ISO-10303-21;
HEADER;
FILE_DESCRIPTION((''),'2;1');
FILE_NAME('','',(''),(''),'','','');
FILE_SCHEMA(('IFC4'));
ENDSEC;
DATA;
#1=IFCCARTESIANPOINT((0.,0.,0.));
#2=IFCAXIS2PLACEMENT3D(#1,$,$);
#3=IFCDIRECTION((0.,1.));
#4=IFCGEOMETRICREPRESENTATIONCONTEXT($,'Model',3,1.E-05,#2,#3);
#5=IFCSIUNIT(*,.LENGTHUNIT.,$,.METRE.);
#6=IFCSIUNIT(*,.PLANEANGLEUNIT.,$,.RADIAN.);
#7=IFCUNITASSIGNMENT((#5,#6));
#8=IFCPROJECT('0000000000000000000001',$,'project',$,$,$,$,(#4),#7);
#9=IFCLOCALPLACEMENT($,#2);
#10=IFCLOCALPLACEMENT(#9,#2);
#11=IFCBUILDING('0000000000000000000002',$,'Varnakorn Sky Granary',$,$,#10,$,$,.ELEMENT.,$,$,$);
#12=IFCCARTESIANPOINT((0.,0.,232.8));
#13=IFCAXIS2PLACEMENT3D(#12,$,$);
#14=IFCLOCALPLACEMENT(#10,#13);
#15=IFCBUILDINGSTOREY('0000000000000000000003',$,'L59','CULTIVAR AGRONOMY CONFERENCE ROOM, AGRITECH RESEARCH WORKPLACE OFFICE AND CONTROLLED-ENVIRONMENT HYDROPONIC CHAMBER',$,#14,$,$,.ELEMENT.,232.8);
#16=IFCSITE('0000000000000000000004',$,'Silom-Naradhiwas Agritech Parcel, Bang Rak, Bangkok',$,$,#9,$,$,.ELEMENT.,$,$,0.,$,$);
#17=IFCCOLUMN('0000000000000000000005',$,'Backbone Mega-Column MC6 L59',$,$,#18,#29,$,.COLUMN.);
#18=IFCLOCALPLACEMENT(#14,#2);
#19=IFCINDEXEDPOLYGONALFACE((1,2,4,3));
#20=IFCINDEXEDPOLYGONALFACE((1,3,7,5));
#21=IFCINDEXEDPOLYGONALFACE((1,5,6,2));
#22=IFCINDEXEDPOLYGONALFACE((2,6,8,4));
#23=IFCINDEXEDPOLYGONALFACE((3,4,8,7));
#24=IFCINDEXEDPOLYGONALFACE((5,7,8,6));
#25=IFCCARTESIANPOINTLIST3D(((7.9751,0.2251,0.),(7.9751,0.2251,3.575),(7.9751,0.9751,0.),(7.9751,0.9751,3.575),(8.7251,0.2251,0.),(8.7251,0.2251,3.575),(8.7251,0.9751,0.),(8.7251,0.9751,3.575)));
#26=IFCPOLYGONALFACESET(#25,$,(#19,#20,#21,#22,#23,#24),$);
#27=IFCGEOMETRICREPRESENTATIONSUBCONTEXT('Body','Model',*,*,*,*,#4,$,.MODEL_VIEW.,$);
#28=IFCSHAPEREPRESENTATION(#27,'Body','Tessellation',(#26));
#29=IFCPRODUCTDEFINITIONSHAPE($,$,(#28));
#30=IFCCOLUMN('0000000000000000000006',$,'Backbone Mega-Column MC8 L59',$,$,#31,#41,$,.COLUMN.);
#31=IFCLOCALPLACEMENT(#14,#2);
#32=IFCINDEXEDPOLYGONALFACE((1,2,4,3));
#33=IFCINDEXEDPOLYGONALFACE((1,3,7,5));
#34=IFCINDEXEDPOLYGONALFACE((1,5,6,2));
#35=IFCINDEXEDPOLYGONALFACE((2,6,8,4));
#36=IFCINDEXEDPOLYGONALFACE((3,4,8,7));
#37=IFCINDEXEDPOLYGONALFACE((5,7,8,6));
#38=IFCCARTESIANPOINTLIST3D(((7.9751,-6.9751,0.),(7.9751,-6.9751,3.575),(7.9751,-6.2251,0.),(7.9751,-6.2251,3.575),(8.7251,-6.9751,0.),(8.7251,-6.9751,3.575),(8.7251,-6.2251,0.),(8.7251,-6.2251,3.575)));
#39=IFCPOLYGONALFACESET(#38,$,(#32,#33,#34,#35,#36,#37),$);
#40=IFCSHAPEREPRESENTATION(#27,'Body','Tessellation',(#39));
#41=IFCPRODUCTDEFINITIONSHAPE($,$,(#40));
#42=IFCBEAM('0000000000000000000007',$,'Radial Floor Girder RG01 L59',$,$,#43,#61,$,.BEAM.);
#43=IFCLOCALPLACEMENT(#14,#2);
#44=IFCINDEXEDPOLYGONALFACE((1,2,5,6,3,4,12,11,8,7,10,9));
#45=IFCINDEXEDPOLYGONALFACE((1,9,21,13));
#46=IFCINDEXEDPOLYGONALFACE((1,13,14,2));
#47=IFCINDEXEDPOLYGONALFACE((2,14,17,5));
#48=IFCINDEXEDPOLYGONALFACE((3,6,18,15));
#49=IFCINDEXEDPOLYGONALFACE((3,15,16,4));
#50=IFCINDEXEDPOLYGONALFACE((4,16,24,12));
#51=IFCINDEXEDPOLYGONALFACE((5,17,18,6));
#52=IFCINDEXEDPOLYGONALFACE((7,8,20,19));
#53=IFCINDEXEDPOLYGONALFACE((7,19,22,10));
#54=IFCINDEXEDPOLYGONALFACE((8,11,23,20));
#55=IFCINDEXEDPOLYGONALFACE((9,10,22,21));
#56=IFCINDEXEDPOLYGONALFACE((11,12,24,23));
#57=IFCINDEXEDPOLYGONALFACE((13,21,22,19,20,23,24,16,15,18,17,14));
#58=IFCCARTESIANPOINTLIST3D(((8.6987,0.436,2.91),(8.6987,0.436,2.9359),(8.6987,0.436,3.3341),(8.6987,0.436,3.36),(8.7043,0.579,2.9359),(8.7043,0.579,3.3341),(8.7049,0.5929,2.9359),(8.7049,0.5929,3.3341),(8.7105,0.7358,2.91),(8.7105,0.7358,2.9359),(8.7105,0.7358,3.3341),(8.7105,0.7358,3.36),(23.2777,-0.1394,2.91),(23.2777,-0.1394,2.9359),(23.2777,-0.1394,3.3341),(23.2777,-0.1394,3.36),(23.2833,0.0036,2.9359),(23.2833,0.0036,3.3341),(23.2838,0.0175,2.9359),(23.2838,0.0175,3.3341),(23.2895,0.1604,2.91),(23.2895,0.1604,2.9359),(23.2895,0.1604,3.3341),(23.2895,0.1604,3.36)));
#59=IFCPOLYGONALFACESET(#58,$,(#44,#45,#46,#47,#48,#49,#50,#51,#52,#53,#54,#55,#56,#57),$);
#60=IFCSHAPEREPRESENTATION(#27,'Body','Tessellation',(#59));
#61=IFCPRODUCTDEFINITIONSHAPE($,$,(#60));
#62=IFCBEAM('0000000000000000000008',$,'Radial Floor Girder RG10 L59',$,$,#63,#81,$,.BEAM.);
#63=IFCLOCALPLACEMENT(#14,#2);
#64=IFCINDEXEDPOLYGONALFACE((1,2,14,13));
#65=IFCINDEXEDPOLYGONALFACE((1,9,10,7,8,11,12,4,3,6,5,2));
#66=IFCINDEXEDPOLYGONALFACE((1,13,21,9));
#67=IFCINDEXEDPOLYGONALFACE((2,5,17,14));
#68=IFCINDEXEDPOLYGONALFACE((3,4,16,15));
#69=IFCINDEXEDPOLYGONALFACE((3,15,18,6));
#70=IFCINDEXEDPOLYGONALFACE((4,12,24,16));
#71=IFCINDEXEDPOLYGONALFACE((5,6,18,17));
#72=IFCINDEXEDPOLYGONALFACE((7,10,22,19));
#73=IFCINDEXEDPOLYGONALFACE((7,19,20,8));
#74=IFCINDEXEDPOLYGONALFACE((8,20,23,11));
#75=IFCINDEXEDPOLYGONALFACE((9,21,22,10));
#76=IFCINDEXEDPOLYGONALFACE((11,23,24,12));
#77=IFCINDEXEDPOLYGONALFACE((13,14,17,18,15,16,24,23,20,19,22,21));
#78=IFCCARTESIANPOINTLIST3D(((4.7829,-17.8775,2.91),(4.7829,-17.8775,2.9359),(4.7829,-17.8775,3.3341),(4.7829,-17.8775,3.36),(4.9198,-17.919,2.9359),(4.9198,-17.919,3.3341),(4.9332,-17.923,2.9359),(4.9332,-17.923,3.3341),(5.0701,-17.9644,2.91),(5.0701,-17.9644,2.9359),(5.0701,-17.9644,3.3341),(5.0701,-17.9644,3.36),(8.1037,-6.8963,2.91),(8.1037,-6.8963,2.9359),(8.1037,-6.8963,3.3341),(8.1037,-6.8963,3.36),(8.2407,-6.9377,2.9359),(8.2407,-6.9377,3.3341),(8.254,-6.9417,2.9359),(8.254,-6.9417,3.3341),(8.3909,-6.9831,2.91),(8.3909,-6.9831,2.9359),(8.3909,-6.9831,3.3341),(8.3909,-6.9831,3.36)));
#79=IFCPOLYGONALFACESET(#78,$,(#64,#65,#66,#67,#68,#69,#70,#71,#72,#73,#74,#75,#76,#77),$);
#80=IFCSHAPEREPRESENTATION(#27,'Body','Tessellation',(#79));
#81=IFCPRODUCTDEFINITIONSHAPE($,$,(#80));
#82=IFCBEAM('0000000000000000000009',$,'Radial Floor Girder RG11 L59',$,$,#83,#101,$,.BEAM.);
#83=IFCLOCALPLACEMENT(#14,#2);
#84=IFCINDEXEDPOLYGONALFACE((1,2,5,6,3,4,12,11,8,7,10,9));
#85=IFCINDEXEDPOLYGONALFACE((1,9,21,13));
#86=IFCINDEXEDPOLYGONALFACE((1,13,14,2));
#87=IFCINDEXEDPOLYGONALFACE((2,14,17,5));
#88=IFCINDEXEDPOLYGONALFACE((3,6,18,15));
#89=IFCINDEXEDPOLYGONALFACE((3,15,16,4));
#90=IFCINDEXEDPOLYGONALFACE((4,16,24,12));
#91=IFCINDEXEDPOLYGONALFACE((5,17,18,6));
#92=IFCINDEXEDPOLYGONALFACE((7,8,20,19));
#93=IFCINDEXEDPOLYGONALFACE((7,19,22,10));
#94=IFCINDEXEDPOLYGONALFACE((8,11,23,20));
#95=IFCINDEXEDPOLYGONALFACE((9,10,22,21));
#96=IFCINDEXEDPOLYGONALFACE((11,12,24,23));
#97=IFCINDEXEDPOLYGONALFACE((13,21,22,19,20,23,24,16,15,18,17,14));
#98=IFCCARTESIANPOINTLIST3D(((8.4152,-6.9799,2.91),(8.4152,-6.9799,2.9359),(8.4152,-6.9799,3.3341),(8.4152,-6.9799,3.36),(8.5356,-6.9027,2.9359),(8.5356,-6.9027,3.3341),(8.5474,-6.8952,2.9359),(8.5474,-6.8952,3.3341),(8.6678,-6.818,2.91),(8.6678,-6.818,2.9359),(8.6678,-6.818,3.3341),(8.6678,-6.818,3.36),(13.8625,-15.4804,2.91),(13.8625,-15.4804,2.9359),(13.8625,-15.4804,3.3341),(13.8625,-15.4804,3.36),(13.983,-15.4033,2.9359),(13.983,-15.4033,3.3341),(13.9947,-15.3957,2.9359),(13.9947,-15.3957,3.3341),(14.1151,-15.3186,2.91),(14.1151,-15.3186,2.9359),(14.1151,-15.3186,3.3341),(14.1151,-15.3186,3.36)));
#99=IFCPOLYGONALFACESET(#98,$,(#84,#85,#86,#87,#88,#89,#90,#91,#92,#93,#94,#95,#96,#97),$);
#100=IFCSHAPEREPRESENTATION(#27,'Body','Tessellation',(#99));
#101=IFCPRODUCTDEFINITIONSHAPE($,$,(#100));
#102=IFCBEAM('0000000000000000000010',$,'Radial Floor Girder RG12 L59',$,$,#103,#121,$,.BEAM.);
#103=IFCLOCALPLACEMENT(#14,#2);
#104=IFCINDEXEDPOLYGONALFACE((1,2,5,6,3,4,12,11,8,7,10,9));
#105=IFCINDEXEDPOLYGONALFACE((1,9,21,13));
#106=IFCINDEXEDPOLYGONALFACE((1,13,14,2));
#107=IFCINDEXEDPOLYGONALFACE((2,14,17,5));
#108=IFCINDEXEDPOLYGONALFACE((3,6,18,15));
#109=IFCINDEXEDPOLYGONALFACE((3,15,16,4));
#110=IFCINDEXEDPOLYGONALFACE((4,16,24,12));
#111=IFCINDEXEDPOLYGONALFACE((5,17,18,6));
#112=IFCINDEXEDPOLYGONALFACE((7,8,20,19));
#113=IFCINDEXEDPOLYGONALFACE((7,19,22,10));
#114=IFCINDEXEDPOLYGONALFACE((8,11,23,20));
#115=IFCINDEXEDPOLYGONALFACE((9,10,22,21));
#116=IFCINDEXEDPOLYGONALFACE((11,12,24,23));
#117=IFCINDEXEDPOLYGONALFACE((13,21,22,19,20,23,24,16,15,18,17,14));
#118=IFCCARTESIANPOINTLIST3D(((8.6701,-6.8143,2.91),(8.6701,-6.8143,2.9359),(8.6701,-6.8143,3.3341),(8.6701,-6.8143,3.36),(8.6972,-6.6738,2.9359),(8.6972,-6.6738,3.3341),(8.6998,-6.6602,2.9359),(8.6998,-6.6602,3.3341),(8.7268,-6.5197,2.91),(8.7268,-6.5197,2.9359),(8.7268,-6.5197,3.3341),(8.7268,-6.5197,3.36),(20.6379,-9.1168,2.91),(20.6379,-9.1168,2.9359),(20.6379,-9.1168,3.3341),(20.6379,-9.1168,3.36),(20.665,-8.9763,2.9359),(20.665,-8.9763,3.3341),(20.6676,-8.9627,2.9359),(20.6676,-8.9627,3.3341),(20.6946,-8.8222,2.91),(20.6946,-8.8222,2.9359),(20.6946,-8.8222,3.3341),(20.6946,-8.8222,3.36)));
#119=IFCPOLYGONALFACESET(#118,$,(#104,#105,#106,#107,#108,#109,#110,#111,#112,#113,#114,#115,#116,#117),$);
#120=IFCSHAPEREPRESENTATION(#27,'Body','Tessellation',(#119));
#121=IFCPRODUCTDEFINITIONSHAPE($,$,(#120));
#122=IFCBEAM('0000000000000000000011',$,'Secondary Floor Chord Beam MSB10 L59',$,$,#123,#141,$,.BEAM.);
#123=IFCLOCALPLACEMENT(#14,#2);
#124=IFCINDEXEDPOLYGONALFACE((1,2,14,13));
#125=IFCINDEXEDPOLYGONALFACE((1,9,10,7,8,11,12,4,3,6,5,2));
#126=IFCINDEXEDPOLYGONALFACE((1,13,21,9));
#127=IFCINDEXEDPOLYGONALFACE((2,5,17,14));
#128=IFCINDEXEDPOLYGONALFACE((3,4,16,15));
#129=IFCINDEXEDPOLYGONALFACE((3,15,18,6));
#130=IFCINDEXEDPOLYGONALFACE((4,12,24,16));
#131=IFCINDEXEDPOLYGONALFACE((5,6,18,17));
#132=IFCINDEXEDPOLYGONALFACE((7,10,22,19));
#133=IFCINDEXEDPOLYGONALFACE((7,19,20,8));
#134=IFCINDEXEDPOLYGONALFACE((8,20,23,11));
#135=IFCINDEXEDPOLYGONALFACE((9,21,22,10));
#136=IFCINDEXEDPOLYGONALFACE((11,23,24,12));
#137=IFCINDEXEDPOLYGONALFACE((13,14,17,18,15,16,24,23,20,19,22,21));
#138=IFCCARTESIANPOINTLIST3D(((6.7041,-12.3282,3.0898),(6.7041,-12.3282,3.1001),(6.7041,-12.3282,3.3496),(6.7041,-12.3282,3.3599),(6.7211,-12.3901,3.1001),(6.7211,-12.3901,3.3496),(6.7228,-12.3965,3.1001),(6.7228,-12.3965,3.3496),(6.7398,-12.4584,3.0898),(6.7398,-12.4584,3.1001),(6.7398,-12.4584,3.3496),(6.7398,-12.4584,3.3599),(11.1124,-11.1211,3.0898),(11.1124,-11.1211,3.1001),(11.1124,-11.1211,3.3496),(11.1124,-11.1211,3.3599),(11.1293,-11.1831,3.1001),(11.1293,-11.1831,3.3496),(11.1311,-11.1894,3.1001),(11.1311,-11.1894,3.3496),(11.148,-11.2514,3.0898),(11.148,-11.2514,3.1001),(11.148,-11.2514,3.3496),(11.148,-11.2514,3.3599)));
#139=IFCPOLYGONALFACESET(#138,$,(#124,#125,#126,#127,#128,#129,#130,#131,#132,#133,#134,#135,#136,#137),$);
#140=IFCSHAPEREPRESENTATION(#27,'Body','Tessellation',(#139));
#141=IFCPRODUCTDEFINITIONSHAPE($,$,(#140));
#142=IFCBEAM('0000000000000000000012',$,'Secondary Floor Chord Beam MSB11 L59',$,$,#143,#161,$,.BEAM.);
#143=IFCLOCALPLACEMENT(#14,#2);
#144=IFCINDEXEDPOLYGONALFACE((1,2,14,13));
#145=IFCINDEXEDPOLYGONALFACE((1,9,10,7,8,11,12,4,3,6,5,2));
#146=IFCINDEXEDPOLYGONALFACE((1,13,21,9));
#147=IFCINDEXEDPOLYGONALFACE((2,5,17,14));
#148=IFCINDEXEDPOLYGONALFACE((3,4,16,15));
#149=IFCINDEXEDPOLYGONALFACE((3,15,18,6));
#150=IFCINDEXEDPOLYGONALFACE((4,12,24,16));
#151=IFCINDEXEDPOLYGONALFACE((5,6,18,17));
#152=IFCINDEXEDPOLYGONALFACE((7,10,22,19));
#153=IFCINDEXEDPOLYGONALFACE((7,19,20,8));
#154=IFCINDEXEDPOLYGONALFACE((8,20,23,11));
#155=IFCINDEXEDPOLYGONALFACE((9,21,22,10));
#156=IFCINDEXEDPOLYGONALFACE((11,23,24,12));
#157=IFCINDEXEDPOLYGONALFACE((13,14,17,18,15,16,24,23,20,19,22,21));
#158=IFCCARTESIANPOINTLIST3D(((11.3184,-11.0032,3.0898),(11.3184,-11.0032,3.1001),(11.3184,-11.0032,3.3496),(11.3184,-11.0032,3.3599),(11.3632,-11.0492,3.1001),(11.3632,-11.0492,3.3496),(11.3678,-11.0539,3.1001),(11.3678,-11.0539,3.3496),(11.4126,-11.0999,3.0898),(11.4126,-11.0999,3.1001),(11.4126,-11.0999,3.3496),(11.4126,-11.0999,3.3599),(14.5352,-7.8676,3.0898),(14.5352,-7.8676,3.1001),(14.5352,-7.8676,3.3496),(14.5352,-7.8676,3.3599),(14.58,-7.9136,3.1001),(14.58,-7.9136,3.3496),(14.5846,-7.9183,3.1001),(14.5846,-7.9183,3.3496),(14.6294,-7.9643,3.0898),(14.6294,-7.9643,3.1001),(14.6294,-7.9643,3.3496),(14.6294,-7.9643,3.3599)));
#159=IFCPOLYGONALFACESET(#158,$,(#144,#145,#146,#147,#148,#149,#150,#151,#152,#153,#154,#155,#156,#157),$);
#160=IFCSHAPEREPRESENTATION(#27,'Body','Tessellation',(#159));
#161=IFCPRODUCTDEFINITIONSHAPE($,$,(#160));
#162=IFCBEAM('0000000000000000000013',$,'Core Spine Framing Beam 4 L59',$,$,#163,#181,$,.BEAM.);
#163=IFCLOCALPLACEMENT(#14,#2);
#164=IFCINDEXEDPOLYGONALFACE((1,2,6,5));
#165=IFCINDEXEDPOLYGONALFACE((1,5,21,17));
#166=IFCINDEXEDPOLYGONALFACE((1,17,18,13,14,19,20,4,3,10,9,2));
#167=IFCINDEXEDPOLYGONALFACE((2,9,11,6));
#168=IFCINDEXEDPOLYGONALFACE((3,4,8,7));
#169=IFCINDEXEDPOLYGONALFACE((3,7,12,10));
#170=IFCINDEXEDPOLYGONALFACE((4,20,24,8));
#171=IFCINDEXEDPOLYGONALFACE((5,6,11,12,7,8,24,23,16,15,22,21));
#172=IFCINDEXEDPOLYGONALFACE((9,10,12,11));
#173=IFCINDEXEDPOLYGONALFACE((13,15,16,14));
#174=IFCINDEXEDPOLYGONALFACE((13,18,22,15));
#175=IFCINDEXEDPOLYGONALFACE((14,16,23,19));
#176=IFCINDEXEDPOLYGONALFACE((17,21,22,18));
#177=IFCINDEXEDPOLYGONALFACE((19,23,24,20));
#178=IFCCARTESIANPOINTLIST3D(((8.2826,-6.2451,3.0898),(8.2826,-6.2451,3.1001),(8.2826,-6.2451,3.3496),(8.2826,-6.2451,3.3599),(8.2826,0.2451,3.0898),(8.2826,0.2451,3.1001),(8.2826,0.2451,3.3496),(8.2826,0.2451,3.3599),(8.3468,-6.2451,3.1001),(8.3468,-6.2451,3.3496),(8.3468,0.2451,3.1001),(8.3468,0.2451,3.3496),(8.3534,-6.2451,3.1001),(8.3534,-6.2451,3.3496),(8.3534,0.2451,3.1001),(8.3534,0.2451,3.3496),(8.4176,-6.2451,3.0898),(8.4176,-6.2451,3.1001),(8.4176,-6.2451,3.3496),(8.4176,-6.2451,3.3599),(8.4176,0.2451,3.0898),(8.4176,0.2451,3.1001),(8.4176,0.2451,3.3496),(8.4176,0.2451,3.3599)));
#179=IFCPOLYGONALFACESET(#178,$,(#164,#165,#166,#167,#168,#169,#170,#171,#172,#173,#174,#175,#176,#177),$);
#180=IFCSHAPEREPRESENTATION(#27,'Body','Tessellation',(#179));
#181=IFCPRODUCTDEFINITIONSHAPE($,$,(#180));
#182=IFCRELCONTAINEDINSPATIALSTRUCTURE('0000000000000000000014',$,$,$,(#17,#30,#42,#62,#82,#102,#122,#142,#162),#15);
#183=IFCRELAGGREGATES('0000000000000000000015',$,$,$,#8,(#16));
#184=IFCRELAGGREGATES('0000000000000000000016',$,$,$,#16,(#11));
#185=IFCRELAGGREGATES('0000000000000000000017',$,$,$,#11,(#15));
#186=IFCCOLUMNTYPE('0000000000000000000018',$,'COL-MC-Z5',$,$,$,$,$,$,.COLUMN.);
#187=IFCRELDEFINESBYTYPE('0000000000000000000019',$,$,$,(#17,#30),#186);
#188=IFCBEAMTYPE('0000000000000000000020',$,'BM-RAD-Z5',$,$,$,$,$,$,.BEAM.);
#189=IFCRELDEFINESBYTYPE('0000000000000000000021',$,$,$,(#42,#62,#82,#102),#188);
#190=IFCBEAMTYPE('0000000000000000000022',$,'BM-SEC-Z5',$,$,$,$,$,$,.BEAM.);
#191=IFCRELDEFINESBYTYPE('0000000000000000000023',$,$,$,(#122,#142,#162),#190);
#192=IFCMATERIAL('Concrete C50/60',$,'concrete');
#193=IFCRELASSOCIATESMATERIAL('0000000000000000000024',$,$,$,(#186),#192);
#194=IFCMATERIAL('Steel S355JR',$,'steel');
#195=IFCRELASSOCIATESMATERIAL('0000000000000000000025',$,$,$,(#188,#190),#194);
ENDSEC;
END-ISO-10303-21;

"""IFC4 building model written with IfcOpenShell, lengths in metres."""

from ifc_helpers import new_model, si_unit, direction, frame, origin, origin_2d, place, context, subcontext, project, spatial, rectangle, i_section, extrude, material, material_profile, profile_set, type_object, element, save


model = new_model("IFC4")

# Units and contexts
model_context = context("Model", 3, precision=1e-05, world=origin(), true_north=direction((0.0, 1.0)))
body_context = subcontext(model_context, "Body", "Model", "MODEL_VIEW")
ifc_project = project(units=[si_unit("LENGTHUNIT", "METRE"), si_unit("PLANEANGLEUNIT", "RADIAN")], contexts=[model_context])

# Site, building, storey
site_placement = place(None, origin())
site = spatial("IfcSite", under=ifc_project, at=site_placement, Name="Silom-Naradhiwas Agritech Parcel, Bang Rak, Bangkok", CompositionType="ELEMENT", RefElevation=0.0)
building_placement = place(site_placement, origin())
building = spatial("IfcBuilding", under=site, at=building_placement, Name="Varnakorn Sky Granary", CompositionType="ELEMENT")
storey_placement = place(building_placement, frame((0.0, 0.0, 232.8)))
storey = spatial("IfcBuildingStorey", under=building, at=storey_placement, Name="L59", Description="CULTIVAR AGRONOMY CONFERENCE ROOM, AGRITECH RESEARCH WORKPLACE OFFICE AND CONTROLLED-ENVIRONMENT HYDROPONIC CHAMBER", CompositionType="ELEMENT", Elevation=232.8)

# Columns
ifc_material_1 = material(Name="Concrete C50/60", Category="concrete")
ifc_material_profile_1 = material_profile(ifc_material_1, rectangle(XDim=0.75, YDim=0.75, at=origin_2d()), Name="RC 750x750")
ifc_profile_set_1 = profile_set([ifc_material_profile_1], Name="Concrete C50/60")
column_type = type_object("IfcColumnType", Name="COL-MC-Z5", PredefinedType="COLUMN", material=ifc_profile_set_1)
for number, where, z_axis, x_axis, name in (
    (1, (8.3501, 0.6001, 0.0), (0.0, 0.0, 1.0), (1.0, 0.0, 0.0), "Backbone Mega-Column MC6 L59"),
    (2, (8.3501, -6.6001, 0.0), (0.0, 0.0, 1.0), (1.0, 0.0, 0.0), "Backbone Mega-Column MC8 L59"),
):
    element("IfcColumn", number, at=place(storey_placement, frame(where, z_axis=z_axis, x_axis=x_axis)), inside=storey, type_object=column_type, Name=name, PredefinedType="COLUMN", context=body_context, shape_type="SweptSolid", body=[
        extrude(rectangle(XDim=0.75, YDim=0.75, at=origin_2d()), origin(), (0.0, 0.0, 1.0), 3.575),
    ])

# Beams
ifc_material_2 = material(Name="Steel S355JR", Category="steel")
ifc_material_profile_2 = material_profile(ifc_material_2, i_section(OverallWidth=0.3, OverallDepth=0.45, WebThickness=0.0139, FlangeThickness=0.0259, at=origin_2d()), Name="HE 450 B")
ifc_profile_set_2 = profile_set([ifc_material_profile_2], Name="Steel S355JR")
beam_type_1 = type_object("IfcBeamType", Name="BM-RAD-Z5", PredefinedType="BEAM", material=ifc_profile_set_2)
beam_1_placement = place(storey_placement, frame((8.7046, 0.5859, 3.135), z_axis=(0.999222, -0.039439, 0.0), x_axis=(0.039439, 0.999222, 0.0)))
element("IfcBeam", 3, at=beam_1_placement, inside=storey, type_object=beam_type_1, Name="Radial Floor Girder RG01 L59", PredefinedType="BEAM", context=body_context, shape_type="SweptSolid", body=[
    extrude(i_section(OverallWidth=0.3, OverallDepth=0.45, WebThickness=0.0139, FlangeThickness=0.0259, at=origin_2d()), origin(), (0.0, 0.0, 1.0), 14.5903),
])
beam_2_placement = place(storey_placement, frame((8.2473, -6.9397, 3.135), z_axis=(-0.289462, -0.95719, 0.0), x_axis=(0.95719, -0.289462, 0.0)))
element("IfcBeam", 4, at=beam_2_placement, inside=storey, type_object=beam_type_1, Name="Radial Floor Girder RG10 L59", PredefinedType="BEAM", context=body_context, shape_type="SweptSolid", body=[
    extrude(i_section(OverallWidth=0.3, OverallDepth=0.45, WebThickness=0.0139, FlangeThickness=0.0259, at=origin_2d()), origin(), (0.0, 0.0, 1.0), 11.4724),
])
beam_3_placement = place(storey_placement, frame((8.5415, -6.8989, 3.135), z_axis=(0.539542, -0.841959, 0.0), x_axis=(0.841959, 0.539542, 0.0)))
element("IfcBeam", 5, at=beam_3_placement, inside=storey, type_object=beam_type_1, Name="Radial Floor Girder RG11 L59", PredefinedType="BEAM", context=body_context, shape_type="SweptSolid", body=[
    extrude(i_section(OverallWidth=0.3, OverallDepth=0.45, WebThickness=0.0139, FlangeThickness=0.0259, at=origin_2d()), origin(), (0.0, 0.0, 1.0), 10.0962),
])
beam_4_placement = place(storey_placement, frame((8.6985, -6.667, 3.135), z_axis=(0.981991, -0.188926, 0.0), x_axis=(0.188926, 0.981991, 0.0)))
element("IfcBeam", 6, at=beam_4_placement, inside=storey, type_object=beam_type_1, Name="Radial Floor Girder RG12 L59", PredefinedType="BEAM", context=body_context, shape_type="SweptSolid", body=[
    extrude(i_section(OverallWidth=0.3, OverallDepth=0.45, WebThickness=0.0139, FlangeThickness=0.0259, at=origin_2d()), origin(), (0.0, 0.0, 1.0), 12.1873),
])
ifc_material_profile_3 = material_profile(ifc_material_2, i_section(OverallWidth=0.135, OverallDepth=0.27, WebThickness=0.0066, FlangeThickness=0.0103, at=origin_2d()), Name="IPE 270")
ifc_profile_set_3 = profile_set([ifc_material_profile_3], Name="Steel S355JR")
beam_type_2 = type_object("IfcBeamType", Name="BM-SEC-Z5", PredefinedType="BEAM", material=ifc_profile_set_3)
beam_5_placement = place(storey_placement, frame((6.7219, -12.3933, 3.2249), z_axis=(0.964497, 0.264094, 0.0), x_axis=(-0.264094, 0.964497, 0.0)))
element("IfcBeam", 7, at=beam_5_placement, inside=storey, type_object=beam_type_2, Name="Secondary Floor Chord Beam MSB10 L59", PredefinedType="BEAM", context=body_context, shape_type="SweptSolid", body=[
    extrude(i_section(OverallWidth=0.135, OverallDepth=0.27, WebThickness=0.0066, FlangeThickness=0.0103, at=origin_2d()), origin(), (0.0, 0.0, 1.0), 4.5706),
])
beam_6_placement = place(storey_placement, frame((11.3655, -11.0515, 3.2249), z_axis=(0.716098, 0.698, 0.0), x_axis=(-0.698, 0.716098, 0.0)))
element("IfcBeam", 8, at=beam_6_placement, inside=storey, type_object=beam_type_2, Name="Secondary Floor Chord Beam MSB11 L59", PredefinedType="BEAM", context=body_context, shape_type="SweptSolid", body=[
    extrude(i_section(OverallWidth=0.135, OverallDepth=0.27, WebThickness=0.0066, FlangeThickness=0.0103, at=origin_2d()), origin(), (0.0, 0.0, 1.0), 4.4922),
])
beam_7_placement = place(storey_placement, frame((8.3501, 0.2451, 3.2249), z_axis=(0.0, -1.0, 0.0), x_axis=(1.0, 0.0, 0.0)))
element("IfcBeam", 9, at=beam_7_placement, inside=storey, type_object=beam_type_2, Name="Core Spine Framing Beam 4 L59", PredefinedType="BEAM", context=body_context, shape_type="SweptSolid", body=[
    extrude(i_section(OverallWidth=0.135, OverallDepth=0.27, WebThickness=0.0066, FlangeThickness=0.0103, at=origin_2d()), origin(), (0.0, 0.0, 1.0), 6.4902),
])

save(model, "model.ifc")
